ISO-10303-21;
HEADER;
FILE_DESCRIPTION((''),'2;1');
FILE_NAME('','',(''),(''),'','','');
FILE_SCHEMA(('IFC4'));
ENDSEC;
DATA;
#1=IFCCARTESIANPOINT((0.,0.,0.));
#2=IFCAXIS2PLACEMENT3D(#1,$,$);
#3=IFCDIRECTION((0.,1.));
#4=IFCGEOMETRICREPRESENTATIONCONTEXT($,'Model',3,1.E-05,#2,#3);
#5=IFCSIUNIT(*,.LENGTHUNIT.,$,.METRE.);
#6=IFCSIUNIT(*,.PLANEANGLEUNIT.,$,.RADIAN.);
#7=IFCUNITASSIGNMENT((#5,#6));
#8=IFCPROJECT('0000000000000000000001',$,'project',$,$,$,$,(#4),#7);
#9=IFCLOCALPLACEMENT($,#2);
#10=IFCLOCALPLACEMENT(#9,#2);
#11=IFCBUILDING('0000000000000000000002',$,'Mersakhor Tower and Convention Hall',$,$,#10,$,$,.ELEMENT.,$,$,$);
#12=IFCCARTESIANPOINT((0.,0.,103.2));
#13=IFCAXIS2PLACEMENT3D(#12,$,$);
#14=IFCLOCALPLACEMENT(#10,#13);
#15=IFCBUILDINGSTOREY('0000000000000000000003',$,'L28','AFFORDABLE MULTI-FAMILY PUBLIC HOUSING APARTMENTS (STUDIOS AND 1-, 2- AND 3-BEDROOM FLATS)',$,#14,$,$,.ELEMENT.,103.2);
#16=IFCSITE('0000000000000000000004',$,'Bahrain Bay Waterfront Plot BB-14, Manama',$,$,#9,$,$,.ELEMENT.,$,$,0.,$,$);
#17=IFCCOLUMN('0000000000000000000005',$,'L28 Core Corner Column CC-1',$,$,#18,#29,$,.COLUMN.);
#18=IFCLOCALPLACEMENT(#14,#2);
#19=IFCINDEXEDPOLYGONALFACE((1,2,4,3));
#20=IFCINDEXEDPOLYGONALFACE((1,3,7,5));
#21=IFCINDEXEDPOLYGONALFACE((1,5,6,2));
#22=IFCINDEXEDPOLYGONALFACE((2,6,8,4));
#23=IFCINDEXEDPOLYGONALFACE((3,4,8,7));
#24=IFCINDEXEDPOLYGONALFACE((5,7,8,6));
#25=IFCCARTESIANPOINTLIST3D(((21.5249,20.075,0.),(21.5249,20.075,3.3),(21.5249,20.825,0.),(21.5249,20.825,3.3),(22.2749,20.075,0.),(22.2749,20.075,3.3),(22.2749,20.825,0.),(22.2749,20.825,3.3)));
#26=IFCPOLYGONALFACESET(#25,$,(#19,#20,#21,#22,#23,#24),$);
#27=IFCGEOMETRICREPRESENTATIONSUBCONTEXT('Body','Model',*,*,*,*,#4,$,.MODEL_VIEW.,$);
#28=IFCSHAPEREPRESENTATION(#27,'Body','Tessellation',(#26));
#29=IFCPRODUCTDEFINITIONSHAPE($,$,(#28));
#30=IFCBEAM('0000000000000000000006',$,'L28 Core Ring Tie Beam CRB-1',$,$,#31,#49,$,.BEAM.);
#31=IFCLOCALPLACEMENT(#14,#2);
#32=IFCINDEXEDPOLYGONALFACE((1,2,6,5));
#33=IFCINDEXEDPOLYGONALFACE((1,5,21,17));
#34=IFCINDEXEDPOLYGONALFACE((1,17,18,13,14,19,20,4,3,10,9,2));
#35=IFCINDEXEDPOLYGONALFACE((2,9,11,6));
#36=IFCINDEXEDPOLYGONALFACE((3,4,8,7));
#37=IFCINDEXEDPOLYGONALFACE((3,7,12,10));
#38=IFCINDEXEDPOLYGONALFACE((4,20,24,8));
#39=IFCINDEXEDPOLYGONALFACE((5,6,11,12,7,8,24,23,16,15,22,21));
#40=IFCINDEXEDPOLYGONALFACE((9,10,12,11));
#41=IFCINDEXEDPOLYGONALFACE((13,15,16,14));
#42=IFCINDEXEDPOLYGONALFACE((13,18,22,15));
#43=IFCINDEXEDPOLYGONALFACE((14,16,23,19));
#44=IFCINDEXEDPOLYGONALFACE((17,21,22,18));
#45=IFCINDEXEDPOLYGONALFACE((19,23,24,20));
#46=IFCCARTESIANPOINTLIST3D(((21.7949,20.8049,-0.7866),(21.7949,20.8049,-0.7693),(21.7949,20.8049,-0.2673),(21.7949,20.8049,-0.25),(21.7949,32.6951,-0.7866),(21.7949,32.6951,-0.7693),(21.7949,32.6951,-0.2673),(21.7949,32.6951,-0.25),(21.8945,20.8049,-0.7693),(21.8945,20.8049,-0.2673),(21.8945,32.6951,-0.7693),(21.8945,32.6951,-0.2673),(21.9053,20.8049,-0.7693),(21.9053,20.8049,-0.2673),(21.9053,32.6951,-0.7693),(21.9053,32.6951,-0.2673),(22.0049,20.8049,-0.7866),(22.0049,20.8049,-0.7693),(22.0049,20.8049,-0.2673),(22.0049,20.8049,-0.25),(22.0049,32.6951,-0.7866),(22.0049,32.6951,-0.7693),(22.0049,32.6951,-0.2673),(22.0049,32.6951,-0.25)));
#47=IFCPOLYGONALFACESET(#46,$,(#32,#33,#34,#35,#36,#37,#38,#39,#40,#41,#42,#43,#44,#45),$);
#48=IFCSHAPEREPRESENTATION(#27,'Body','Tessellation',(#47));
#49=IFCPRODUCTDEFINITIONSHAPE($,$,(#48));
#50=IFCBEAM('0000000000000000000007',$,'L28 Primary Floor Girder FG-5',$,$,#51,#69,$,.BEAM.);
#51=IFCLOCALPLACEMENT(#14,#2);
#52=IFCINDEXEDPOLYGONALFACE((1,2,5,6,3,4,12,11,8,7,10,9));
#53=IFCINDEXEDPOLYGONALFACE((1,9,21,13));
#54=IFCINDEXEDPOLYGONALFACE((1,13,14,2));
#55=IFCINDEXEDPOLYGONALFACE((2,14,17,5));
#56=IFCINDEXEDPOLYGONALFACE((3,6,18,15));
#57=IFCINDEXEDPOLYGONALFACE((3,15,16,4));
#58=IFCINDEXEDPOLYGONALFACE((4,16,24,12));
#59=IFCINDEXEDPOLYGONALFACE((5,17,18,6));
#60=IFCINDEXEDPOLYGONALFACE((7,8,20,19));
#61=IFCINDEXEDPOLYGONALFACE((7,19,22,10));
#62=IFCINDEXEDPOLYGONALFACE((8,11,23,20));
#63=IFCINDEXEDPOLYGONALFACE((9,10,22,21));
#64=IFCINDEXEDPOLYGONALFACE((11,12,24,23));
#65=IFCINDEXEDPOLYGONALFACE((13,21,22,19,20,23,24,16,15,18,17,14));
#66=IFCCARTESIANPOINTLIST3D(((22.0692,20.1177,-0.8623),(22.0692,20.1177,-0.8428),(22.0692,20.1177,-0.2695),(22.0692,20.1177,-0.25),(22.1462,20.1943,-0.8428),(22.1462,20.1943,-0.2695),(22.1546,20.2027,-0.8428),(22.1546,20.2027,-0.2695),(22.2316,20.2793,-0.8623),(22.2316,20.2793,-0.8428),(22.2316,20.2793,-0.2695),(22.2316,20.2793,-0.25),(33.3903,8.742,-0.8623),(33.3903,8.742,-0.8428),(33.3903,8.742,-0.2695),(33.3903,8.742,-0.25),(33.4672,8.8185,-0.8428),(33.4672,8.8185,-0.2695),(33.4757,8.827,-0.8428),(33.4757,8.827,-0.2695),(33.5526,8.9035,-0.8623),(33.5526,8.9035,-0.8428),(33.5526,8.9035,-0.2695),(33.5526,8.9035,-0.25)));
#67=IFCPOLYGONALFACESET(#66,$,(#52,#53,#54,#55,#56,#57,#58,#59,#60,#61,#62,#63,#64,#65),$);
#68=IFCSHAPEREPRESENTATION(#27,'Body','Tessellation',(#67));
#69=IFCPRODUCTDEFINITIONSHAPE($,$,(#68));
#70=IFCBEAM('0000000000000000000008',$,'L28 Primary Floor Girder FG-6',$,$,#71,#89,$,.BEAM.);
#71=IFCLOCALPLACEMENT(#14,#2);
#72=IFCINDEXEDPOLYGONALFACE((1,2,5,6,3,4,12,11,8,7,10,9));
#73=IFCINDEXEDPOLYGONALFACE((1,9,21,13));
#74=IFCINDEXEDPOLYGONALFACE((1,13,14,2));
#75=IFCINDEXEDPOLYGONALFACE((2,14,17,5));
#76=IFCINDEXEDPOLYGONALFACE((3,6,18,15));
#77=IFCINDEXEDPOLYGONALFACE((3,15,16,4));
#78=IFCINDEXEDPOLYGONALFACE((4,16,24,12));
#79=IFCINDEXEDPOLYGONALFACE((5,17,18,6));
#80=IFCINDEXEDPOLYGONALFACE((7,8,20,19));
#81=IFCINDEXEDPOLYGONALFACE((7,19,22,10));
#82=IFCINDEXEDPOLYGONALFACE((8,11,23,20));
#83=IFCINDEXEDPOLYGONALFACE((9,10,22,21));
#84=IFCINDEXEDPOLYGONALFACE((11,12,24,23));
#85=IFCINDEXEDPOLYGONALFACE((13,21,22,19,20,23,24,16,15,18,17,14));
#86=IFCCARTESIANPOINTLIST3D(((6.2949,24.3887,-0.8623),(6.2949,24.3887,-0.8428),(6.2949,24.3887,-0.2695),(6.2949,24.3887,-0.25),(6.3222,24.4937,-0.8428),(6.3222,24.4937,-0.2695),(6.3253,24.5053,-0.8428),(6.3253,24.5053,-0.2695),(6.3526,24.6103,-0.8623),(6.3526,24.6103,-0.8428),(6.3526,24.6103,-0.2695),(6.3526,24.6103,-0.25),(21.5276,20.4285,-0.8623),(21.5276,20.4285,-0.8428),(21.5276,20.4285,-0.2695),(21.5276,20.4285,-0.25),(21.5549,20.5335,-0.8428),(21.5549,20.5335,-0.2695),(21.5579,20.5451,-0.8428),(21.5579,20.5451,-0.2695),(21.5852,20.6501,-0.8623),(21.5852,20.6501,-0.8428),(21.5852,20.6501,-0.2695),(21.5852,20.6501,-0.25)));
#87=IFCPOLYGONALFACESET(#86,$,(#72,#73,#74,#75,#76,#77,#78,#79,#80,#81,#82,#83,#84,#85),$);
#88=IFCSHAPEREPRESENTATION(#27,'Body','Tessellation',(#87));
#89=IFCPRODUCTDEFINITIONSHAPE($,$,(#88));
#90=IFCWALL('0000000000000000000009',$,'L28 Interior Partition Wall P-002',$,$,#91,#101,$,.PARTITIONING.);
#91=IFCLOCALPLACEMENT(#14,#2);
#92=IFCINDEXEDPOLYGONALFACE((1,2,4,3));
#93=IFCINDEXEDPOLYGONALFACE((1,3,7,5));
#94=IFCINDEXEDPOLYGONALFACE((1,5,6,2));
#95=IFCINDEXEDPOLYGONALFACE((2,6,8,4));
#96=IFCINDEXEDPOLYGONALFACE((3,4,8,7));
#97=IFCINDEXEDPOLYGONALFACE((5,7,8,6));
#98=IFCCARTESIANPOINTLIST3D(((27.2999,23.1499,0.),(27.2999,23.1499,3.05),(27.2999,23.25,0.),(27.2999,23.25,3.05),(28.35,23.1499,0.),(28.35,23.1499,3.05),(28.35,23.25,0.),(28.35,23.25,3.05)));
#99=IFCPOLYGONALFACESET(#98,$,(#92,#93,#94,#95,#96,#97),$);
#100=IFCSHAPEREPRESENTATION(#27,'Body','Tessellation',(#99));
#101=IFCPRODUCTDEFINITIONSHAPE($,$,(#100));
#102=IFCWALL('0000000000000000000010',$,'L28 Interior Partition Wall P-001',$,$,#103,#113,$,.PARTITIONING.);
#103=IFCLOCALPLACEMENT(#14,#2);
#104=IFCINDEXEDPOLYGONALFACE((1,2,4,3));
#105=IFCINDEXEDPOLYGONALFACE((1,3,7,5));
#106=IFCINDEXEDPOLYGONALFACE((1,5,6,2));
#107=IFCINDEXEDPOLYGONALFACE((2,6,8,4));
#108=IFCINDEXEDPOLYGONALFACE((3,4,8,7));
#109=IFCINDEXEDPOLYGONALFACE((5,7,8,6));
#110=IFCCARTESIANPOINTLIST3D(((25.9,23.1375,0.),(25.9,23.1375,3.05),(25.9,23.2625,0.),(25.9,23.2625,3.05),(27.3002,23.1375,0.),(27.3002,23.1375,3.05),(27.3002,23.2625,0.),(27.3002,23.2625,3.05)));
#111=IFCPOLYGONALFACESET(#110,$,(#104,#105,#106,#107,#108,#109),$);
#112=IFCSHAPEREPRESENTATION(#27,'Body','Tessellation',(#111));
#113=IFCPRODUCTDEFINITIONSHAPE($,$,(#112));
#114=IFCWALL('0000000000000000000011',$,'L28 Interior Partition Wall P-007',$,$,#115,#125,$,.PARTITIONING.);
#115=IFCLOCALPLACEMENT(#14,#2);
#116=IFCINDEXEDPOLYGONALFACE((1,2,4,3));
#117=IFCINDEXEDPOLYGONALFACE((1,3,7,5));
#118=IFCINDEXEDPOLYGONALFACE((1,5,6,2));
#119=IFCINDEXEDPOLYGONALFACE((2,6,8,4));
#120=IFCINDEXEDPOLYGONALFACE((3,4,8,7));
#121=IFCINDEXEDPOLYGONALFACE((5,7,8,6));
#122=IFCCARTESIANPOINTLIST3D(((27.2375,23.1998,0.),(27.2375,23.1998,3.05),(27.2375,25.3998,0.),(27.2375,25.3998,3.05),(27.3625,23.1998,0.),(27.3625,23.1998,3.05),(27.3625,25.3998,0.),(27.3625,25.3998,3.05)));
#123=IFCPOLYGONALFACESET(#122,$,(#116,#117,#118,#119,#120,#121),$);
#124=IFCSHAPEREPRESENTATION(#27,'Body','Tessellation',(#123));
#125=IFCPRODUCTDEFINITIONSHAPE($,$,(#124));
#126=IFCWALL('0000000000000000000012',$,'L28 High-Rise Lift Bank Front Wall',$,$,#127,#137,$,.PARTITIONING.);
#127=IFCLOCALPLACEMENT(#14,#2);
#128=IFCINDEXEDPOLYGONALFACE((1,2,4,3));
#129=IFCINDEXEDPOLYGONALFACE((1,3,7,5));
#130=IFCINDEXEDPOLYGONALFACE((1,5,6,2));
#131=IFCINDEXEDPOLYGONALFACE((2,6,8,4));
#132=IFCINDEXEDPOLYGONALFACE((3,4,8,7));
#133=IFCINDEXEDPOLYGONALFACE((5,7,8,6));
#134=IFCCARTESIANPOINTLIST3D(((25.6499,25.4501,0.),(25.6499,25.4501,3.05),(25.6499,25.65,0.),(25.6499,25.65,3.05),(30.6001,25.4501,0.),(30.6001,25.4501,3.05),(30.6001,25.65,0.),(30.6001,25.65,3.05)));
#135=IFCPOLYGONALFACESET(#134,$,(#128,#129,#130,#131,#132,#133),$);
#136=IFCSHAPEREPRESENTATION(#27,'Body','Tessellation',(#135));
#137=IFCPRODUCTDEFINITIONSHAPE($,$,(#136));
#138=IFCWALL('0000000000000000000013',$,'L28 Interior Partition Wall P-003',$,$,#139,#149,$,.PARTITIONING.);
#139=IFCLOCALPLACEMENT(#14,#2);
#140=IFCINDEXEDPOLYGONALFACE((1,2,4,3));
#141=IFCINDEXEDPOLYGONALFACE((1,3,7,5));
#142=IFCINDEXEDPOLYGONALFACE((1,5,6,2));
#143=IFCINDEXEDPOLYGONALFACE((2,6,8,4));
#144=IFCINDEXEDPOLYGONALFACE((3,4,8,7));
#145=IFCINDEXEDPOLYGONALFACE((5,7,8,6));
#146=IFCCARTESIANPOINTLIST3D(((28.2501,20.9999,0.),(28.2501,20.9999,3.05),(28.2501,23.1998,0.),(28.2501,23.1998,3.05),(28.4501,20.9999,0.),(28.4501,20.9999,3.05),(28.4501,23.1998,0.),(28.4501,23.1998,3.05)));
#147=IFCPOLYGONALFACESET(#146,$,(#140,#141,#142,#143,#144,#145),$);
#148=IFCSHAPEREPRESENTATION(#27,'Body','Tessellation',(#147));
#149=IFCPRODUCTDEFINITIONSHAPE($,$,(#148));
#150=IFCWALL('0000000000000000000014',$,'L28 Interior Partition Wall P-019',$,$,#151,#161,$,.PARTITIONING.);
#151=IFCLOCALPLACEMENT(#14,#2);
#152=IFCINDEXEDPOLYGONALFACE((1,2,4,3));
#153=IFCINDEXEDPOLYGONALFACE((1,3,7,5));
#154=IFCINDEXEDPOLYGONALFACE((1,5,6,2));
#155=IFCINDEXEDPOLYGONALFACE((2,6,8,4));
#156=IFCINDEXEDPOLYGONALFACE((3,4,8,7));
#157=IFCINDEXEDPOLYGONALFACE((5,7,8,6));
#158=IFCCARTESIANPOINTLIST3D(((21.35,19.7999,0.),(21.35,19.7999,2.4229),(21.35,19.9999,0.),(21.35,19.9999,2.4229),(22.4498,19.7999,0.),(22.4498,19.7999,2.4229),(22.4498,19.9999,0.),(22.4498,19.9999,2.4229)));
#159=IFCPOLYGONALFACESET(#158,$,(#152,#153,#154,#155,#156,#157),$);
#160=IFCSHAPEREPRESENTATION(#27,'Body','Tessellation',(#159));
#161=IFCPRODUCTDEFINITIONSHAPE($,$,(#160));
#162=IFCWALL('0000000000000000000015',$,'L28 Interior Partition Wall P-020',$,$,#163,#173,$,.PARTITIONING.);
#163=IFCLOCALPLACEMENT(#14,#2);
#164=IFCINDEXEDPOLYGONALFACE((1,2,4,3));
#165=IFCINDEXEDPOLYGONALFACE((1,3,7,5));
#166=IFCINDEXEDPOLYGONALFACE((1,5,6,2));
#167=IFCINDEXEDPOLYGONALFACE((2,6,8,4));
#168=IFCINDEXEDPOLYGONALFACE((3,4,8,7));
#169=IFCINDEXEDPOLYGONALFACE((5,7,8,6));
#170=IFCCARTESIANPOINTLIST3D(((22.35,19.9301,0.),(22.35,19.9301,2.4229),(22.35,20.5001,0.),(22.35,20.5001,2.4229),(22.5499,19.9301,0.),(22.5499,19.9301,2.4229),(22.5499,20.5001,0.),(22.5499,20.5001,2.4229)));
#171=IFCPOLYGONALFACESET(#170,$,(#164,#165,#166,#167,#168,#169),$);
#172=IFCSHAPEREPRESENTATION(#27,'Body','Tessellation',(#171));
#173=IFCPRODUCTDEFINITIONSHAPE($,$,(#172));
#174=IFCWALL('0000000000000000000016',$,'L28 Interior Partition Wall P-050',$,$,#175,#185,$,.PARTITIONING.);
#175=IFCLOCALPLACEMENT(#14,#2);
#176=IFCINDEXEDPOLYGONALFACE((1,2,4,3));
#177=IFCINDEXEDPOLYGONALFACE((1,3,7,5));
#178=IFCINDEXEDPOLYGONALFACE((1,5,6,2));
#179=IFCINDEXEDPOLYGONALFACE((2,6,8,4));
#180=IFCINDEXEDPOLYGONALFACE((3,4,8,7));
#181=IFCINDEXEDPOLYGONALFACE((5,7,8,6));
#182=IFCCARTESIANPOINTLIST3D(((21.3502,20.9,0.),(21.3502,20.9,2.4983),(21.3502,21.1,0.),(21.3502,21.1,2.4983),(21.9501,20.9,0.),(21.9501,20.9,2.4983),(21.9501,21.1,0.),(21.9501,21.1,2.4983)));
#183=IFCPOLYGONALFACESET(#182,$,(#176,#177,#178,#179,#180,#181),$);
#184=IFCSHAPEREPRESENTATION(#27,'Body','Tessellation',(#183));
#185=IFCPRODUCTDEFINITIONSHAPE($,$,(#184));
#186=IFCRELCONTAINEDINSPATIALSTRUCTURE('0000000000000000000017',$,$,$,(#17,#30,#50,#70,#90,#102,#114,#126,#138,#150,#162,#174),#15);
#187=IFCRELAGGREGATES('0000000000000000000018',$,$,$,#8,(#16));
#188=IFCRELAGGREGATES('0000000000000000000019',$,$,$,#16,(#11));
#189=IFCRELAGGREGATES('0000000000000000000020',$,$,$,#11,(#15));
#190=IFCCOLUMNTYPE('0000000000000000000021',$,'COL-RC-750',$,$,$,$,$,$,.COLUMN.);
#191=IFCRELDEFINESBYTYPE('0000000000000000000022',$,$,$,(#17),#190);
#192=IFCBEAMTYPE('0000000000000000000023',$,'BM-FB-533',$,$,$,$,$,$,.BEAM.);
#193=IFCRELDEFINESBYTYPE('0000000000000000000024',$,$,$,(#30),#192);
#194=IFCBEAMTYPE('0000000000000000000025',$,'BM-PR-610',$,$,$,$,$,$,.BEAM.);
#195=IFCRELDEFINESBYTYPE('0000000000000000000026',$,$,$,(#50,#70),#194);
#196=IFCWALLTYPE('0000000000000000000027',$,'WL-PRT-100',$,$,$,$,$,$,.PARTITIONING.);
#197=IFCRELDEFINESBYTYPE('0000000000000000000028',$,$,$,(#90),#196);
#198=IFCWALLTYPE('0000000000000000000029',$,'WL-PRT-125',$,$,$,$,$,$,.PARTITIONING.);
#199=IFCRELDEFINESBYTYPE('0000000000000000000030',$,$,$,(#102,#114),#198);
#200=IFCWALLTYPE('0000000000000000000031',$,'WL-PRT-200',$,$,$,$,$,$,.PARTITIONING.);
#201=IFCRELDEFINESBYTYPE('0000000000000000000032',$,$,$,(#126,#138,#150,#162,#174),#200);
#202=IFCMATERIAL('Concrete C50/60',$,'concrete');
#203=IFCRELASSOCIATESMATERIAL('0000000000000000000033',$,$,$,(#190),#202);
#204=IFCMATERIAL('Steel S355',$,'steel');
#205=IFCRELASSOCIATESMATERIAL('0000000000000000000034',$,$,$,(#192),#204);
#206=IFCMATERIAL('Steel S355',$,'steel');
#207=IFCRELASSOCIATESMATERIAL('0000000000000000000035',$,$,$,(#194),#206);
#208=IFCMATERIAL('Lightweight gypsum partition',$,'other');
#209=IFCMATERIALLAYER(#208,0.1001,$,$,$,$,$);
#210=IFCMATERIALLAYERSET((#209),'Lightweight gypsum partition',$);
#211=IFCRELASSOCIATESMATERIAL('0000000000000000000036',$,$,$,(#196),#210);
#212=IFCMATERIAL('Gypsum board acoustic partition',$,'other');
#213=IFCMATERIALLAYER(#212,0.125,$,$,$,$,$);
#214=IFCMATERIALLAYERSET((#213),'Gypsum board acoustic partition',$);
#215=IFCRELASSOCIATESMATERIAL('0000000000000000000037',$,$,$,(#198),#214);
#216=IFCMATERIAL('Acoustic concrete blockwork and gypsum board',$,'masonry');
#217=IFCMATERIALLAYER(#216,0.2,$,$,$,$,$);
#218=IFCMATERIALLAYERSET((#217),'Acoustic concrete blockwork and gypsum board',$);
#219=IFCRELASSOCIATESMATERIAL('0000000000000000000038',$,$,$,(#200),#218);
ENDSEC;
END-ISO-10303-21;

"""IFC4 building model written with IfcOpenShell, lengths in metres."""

from ifc_helpers import new_model, si_unit, direction, frame, frame_2d, origin, origin_2d, place, context, subcontext, project, spatial, rectangle, i_section, extrude, material, layer, layer_set, material_profile, profile_set, type_object, element, save


model = new_model("IFC4")

# Units and contexts
model_context = context("Model", 3, precision=1e-05, world=origin(), true_north=direction((0.0, 1.0)))
body_context = subcontext(model_context, "Body", "Model", "MODEL_VIEW")
ifc_project = project(units=[si_unit("LENGTHUNIT", "METRE"), si_unit("PLANEANGLEUNIT", "RADIAN")], contexts=[model_context])

# Site, building, storey
site_placement = place(None, origin())
site = spatial("IfcSite", under=ifc_project, at=site_placement, Name="Bahrain Bay Waterfront Plot BB-14, Manama", CompositionType="ELEMENT", RefElevation=0.0)
building_placement = place(site_placement, origin())
building = spatial("IfcBuilding", under=site, at=building_placement, Name="Mersakhor Tower and Convention Hall", CompositionType="ELEMENT")
storey_placement = place(building_placement, frame((0.0, 0.0, 103.2)))
storey = spatial("IfcBuildingStorey", under=building, at=storey_placement, Name="L28", Description="AFFORDABLE MULTI-FAMILY PUBLIC HOUSING APARTMENTS (STUDIOS AND 1-, 2- AND 3-BEDROOM FLATS)", CompositionType="ELEMENT", Elevation=103.2)

# Column
ifc_material_1 = material(Name="Concrete C50/60", Category="concrete")
ifc_material_profile_1 = material_profile(ifc_material_1, rectangle(XDim=0.75, YDim=0.75, at=origin_2d()), Name="RC 750x750")
ifc_profile_set_1 = profile_set([ifc_material_profile_1], Name="Concrete C50/60")
column_type = type_object("IfcColumnType", Name="COL-RC-750", PredefinedType="COLUMN", material=ifc_profile_set_1)
column_placement = place(storey_placement, frame((21.8999, 20.45, 0.0), z_axis=(0.0, 0.0, 1.0), x_axis=(1.0, 0.0, 0.0)))
element("IfcColumn", 1, at=column_placement, inside=storey, type_object=column_type, Name="L28 Core Corner Column CC-1", PredefinedType="COLUMN", context=body_context, shape_type="SweptSolid", body=[
    extrude(rectangle(XDim=0.75, YDim=0.75, at=origin_2d()), origin(), (0.0, 0.0, 1.0), 3.3),
])

# Beams
ifc_material_2 = material(Name="Steel S355", Category="steel")
ifc_material_profile_2 = material_profile(ifc_material_2, i_section(OverallWidth=0.21, OverallDepth=0.5366, WebThickness=0.0107, FlangeThickness=0.0173, at=origin_2d()), Name="UB 533x210x101")
ifc_profile_set_2 = profile_set([ifc_material_profile_2], Name="Steel S355")
beam_type_1 = type_object("IfcBeamType", Name="BM-FB-533", PredefinedType="BEAM", material=ifc_profile_set_2)
beam_1_placement = place(storey_placement, frame((21.8999, 20.8049, -0.5183), z_axis=(0.0, 1.0, 0.0), x_axis=(-1.0, 0.0, 0.0)))
element("IfcBeam", 2, at=beam_1_placement, inside=storey, type_object=beam_type_1, Name="L28 Core Ring Tie Beam CRB-1", PredefinedType="BEAM", context=body_context, shape_type="SweptSolid", body=[
    extrude(i_section(OverallWidth=0.21, OverallDepth=0.5366, WebThickness=0.0107, FlangeThickness=0.0173, at=origin_2d()), origin(), (0.0, 0.0, 1.0), 11.8901),
])
ifc_material_3 = material(Name="Steel S355", Category="steel")
ifc_material_profile_3 = material_profile(ifc_material_3, i_section(OverallWidth=0.229, OverallDepth=0.6123, WebThickness=0.012, FlangeThickness=0.0195, at=origin_2d()), Name="UB 610x229x125")
ifc_profile_set_3 = profile_set([ifc_material_profile_3], Name="Steel S355")
beam_type_2 = type_object("IfcBeamType", Name="BM-PR-610", PredefinedType="BEAM", material=ifc_profile_set_3)
beam_2_placement = place(storey_placement, frame((22.1504, 20.1985, -0.5562), z_axis=(0.705401, -0.708808, 0.0), x_axis=(0.708808, 0.705401, 0.0)))
element("IfcBeam", 3, at=beam_2_placement, inside=storey, type_object=beam_type_2, Name="L28 Primary Floor Girder FG-5", PredefinedType="BEAM", context=body_context, shape_type="SweptSolid", body=[
    extrude(i_section(OverallWidth=0.229, OverallDepth=0.6123, WebThickness=0.012, FlangeThickness=0.0195, at=origin_2d()), origin(), (0.0, 0.0, 1.0), 16.0491),
])
beam_3_placement = place(storey_placement, frame((21.5564, 20.5393, -0.5562), z_axis=(-0.967827, 0.251617, 0.0), x_axis=(-0.251617, -0.967827, 0.0)))
element("IfcBeam", 4, at=beam_3_placement, inside=storey, type_object=beam_type_2, Name="L28 Primary Floor Girder FG-6", PredefinedType="BEAM", context=body_context, shape_type="SweptSolid", body=[
    extrude(i_section(OverallWidth=0.229, OverallDepth=0.6123, WebThickness=0.012, FlangeThickness=0.0195, at=origin_2d()), origin(), (0.0, 0.0, 1.0), 15.739),
])

# Walls
ifc_material_4 = material(Name="Lightweight gypsum partition", Category="other")
ifc_layer_1 = layer(ifc_material_4, 0.1001)
ifc_layer_set_1 = layer_set([ifc_layer_1], Name="Lightweight gypsum partition")
wall_type_1 = type_object("IfcWallType", Name="WL-PRT-100", PredefinedType="PARTITIONING", material=ifc_layer_set_1)
wall_1_placement = place(storey_placement, frame((27.3, 23.2, 0.0), z_axis=(0.0, 0.0, 1.0), x_axis=(1.0, 0.0, 0.0)))
element("IfcWall", 5, at=wall_1_placement, inside=storey, type_object=wall_type_1, Name="L28 Interior Partition Wall P-002", PredefinedType="PARTITIONING", context=body_context, shape_type="SweptSolid", body=[
    extrude(rectangle(XDim=1.05, YDim=0.1001, at=frame_2d((0.5249, 0.0))), origin(), (0.0, 0.0, 1.0), 3.05),
])
ifc_material_5 = material(Name="Gypsum board acoustic partition", Category="other")
ifc_layer_2 = layer(ifc_material_5, 0.125)
ifc_layer_set_2 = layer_set([ifc_layer_2], Name="Gypsum board acoustic partition")
wall_type_2 = type_object("IfcWallType", Name="WL-PRT-125", PredefinedType="PARTITIONING", material=ifc_layer_set_2)
wall_2_placement = place(storey_placement, frame((25.8999, 23.2, 0.0), z_axis=(0.0, 0.0, 1.0), x_axis=(1.0, 0.0, 0.0)))
element("IfcWall", 6, at=wall_2_placement, inside=storey, type_object=wall_type_2, Name="L28 Interior Partition Wall P-001", PredefinedType="PARTITIONING", context=body_context, shape_type="SweptSolid", body=[
    extrude(rectangle(XDim=1.4001, YDim=0.125, at=frame_2d((0.7002, 0.0))), origin(), (0.0, 0.0, 1.0), 3.05),
])
wall_3_placement = place(storey_placement, frame((27.3, 25.3999, 0.0), z_axis=(0.0, 0.0, 1.0), x_axis=(0.0, -1.0, 0.0)))
element("IfcWall", 7, at=wall_3_placement, inside=storey, type_object=wall_type_2, Name="L28 Interior Partition Wall P-007", PredefinedType="PARTITIONING", context=body_context, shape_type="SweptSolid", body=[
    extrude(rectangle(XDim=2.2, YDim=0.125, at=frame_2d((1.1001, 0.0))), origin(), (0.0, 0.0, 1.0), 3.05),
])
ifc_material_6 = material(Name="Acoustic concrete blockwork and gypsum board", Category="masonry")
ifc_layer_3 = layer(ifc_material_6, 0.2)
ifc_layer_set_3 = layer_set([ifc_layer_3], Name="Acoustic concrete blockwork and gypsum board")
wall_type_3 = type_object("IfcWallType", Name="WL-PRT-200", PredefinedType="PARTITIONING", material=ifc_layer_set_3)
wall_4_placement = place(storey_placement, frame((25.6499, 25.55, 0.0), z_axis=(0.0, 0.0, 1.0), x_axis=(1.0, 0.0, 0.0)))
element("IfcWall", 8, at=wall_4_placement, inside=storey, type_object=wall_type_3, Name="L28 High-Rise Lift Bank Front Wall", PredefinedType="PARTITIONING", context=body_context, shape_type="SweptSolid", body=[
    extrude(rectangle(XDim=4.9502, YDim=0.2, at=frame_2d((2.4751, 0.0))), origin(), (0.0, 0.0, 1.0), 3.05),
])
wall_5_placement = place(storey_placement, frame((28.3501, 23.2, 0.0), z_axis=(0.0, 0.0, 1.0), x_axis=(0.0, -1.0, 0.0)))
element("IfcWall", 9, at=wall_5_placement, inside=storey, type_object=wall_type_3, Name="L28 Interior Partition Wall P-003", PredefinedType="PARTITIONING", context=body_context, shape_type="SweptSolid", body=[
    extrude(rectangle(XDim=2.2, YDim=0.2, at=frame_2d((1.1001, 0.0))), origin(), (0.0, 0.0, 1.0), 3.05),
])
wall_6_placement = place(storey_placement, frame((21.3501, 19.8999, 0.0), z_axis=(0.0, 0.0, 1.0), x_axis=(1.0, 0.0, 0.0)))
element("IfcWall", 10, at=wall_6_placement, inside=storey, type_object=wall_type_3, Name="L28 Interior Partition Wall P-019", PredefinedType="PARTITIONING", context=body_context, shape_type="SweptSolid", body=[
    extrude(rectangle(XDim=1.0999, YDim=0.2, at=frame_2d((0.5498, 0.0))), origin(), (0.0, 0.0, 1.0), 2.4229),
])
wall_7_placement = place(storey_placement, frame((22.45, 19.9299, 0.0), z_axis=(0.0, 0.0, 1.0), x_axis=(0.0, 1.0, 0.0)))
element("IfcWall", 11, at=wall_7_placement, inside=storey, type_object=wall_type_3, Name="L28 Interior Partition Wall P-020", PredefinedType="PARTITIONING", context=body_context, shape_type="SweptSolid", body=[
    extrude(rectangle(XDim=0.5701, YDim=0.2, at=frame_2d((0.2852, 0.0))), origin(), (0.0, 0.0, 1.0), 2.4229),
])
wall_8_placement = place(storey_placement, frame((21.95, 21.0, 0.0), z_axis=(0.0, 0.0, 1.0), x_axis=(-1.0, 0.0, 0.0)))
element("IfcWall", 12, at=wall_8_placement, inside=storey, type_object=wall_type_3, Name="L28 Interior Partition Wall P-050", PredefinedType="PARTITIONING", context=body_context, shape_type="SweptSolid", body=[
    extrude(rectangle(XDim=0.5999, YDim=0.2, at=frame_2d((0.2998, 0.0))), origin(), (0.0, 0.0, 1.0), 2.4983),
])

save(model, "model.ifc")
